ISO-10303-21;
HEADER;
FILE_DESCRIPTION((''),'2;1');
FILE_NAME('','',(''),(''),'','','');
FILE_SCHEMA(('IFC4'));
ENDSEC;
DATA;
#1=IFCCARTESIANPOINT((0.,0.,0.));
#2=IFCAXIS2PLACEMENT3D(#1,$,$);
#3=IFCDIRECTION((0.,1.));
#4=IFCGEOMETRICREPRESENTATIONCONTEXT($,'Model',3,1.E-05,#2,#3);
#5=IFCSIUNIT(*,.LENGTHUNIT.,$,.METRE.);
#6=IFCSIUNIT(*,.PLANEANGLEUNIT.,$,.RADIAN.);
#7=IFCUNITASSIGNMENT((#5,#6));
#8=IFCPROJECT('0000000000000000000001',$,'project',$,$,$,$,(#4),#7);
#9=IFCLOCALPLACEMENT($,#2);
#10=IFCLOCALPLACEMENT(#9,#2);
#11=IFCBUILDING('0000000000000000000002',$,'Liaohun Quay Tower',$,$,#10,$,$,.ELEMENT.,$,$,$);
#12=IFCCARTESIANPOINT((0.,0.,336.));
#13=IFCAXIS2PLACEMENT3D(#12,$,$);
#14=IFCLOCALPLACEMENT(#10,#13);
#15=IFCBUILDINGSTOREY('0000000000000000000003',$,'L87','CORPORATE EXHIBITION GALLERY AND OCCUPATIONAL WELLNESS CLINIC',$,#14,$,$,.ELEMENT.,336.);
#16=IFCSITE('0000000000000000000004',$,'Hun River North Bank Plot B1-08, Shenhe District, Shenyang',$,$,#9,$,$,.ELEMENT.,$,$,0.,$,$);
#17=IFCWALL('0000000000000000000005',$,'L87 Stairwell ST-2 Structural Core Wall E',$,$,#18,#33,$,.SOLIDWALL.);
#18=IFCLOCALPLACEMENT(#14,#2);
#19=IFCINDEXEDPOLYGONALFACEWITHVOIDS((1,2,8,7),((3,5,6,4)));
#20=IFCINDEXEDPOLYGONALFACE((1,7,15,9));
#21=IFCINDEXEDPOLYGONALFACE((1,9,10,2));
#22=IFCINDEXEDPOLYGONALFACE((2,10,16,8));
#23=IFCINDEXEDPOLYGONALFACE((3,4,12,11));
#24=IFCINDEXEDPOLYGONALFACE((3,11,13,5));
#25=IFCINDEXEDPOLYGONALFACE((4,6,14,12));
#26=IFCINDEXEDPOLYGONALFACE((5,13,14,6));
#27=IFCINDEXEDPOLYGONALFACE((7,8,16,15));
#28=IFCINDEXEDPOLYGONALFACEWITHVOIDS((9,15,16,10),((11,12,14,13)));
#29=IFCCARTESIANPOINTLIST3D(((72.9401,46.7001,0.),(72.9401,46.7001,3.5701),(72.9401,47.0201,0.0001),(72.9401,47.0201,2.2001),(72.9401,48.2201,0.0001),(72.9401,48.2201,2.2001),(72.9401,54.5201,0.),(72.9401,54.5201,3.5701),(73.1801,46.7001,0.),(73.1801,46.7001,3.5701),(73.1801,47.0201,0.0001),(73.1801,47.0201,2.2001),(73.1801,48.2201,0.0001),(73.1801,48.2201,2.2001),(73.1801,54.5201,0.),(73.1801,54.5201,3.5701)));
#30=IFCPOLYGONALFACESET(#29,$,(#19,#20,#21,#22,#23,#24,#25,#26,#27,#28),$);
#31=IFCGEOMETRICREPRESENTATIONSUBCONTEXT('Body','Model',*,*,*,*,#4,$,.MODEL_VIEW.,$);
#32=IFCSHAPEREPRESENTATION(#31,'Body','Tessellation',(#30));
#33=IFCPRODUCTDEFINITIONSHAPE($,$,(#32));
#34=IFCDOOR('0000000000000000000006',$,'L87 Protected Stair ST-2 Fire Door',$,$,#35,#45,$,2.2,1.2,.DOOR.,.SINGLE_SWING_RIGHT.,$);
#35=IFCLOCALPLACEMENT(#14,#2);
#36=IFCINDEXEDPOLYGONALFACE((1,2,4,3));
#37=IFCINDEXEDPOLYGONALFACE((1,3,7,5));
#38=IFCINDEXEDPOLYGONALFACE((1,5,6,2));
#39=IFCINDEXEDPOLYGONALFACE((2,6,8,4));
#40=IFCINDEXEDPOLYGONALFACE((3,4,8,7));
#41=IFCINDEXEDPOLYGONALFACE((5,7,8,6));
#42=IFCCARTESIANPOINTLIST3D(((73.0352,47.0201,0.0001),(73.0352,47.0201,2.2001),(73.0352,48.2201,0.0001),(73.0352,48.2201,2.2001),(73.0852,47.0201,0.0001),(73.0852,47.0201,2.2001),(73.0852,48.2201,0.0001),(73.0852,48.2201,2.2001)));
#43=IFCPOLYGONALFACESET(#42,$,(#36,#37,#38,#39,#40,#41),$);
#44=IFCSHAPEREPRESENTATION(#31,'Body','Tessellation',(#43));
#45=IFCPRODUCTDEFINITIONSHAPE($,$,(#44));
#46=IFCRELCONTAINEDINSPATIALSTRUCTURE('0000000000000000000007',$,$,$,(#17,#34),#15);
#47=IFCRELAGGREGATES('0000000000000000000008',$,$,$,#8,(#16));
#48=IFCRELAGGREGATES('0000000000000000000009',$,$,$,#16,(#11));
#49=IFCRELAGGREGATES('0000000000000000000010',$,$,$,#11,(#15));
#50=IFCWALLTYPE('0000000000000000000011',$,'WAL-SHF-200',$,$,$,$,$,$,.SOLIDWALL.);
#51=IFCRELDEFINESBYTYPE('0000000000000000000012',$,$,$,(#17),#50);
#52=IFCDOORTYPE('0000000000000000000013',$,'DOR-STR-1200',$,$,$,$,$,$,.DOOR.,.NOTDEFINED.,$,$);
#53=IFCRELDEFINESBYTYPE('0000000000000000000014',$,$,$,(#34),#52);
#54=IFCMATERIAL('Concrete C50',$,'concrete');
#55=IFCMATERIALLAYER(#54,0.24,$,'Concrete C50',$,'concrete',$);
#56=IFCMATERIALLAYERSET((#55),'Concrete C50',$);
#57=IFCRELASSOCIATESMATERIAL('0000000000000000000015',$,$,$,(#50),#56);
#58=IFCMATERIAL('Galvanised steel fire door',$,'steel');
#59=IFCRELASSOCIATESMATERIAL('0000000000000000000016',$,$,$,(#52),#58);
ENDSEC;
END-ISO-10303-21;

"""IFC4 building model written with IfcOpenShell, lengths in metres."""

from ifc_helpers import new_model, si_unit, direction, frame, frame_2d, origin, place, context, subcontext, project, spatial, rectangle, extrude, source, transform, mapped, material, layer, layer_set, type_object, element, fill, save


model = new_model("IFC4")

# Units and contexts
model_context = context("Model", 3, precision=1e-05, world=origin(), true_north=direction((0.0, 1.0)))
body_context = subcontext(model_context, "Body", "Model", "MODEL_VIEW")
ifc_project = project(units=[si_unit("LENGTHUNIT", "METRE"), si_unit("PLANEANGLEUNIT", "RADIAN")], contexts=[model_context])

# Site, building, storey
site_placement = place(None, origin())
site = spatial("IfcSite", under=ifc_project, at=site_placement, Name="Hun River North Bank Plot B1-08, Shenhe District, Shenyang", CompositionType="ELEMENT", RefElevation=0.0)
building_placement = place(site_placement, origin())
building = spatial("IfcBuilding", under=site, at=building_placement, Name="Liaohun Quay Tower", CompositionType="ELEMENT")
storey_placement = place(building_placement, frame((0.0, 0.0, 336.0)))
storey = spatial("IfcBuildingStorey", under=building, at=storey_placement, Name="L87", Description="CORPORATE EXHIBITION GALLERY AND OCCUPATIONAL WELLNESS CLINIC", CompositionType="ELEMENT", Elevation=336.0)

# Shared definitions
ifc_material_1 = material(Name="Concrete C50", Category="concrete")

# Shared definitions
ifc_layer_1 = layer(ifc_material_1, 0.24, Name="Concrete C50", Category="concrete")
ifc_layer_set_1 = layer_set([ifc_layer_1], Name="Concrete C50")
wall_type_1 = type_object("IfcWallType", Name="WAL-SHF-200", PredefinedType="SOLIDWALL", material=ifc_layer_set_1)

# Wall, opening, door
wall_1_placement = place(storey_placement, frame((73.0601, 46.7, 0.0), z_axis=(0.0, 0.0, 1.0), x_axis=(0.0, 1.0, 0.0)))
wall_1 = element("IfcWall", 1, at=wall_1_placement, inside=storey, type_object=wall_type_1, Name="L87 Stairwell ST-2 Structural Core Wall E", PredefinedType="SOLIDWALL", context=body_context, shape_type="SweptSolid", body=[
    extrude(rectangle(XDim=7.8201, YDim=0.24, at=frame_2d((3.9102, 0.0))), origin(), (0.0, 0.0, 1.0), 3.5701),
])
shared_shape_1 = source(origin(), body_context, "Body", "SweptSolid", [
    extrude(rectangle(XDim=1.2, YDim=2.2, at=frame_2d((0.6001, 1.1001))), frame((0.0, 0.1299, 0.0), z_axis=(0.0, -1.0, 0.0), x_axis=(1.0, 0.0, 0.0)), (0.0, 0.0, 1.0), 0.26),
])
opening_1_placement = place(wall_1_placement, frame((0.3201, 0.0, 0.0)))
opening_1 = element("IfcOpeningElement", 2, at=opening_1_placement, cuts=wall_1, PredefinedType="OPENING", context=body_context, shape_type="MappedRepresentation", body=[
    mapped(shared_shape_1, transform((0.0, 0.0, 0.0), x_axis=(1.0, 0.0, 0.0), y_axis=(0.0, 1.0, 0.0), z_axis=(0.0, 0.0, 1.0), scale=1.0)),
])
ifc_material_2 = material(Name="Galvanised steel fire door", Category="steel")
door_type_1 = type_object("IfcDoorType", Name="DOR-STR-1200", OperationType="NOTDEFINED", PredefinedType="DOOR", material=ifc_material_2)
shared_shape_2 = source(origin(), body_context, "Body", "SweptSolid", [
    extrude(rectangle(XDim=1.2, YDim=2.2, at=frame_2d((0.6001, 1.1001))), frame((0.0, 0.0249, 0.0), z_axis=(0.0, -1.0, 0.0), x_axis=(1.0, 0.0, 0.0)), (0.0, 0.0, 1.0), 0.05),
])
door_1_placement = place(opening_1_placement, origin())
door_1 = element("IfcDoor", 3, at=door_1_placement, inside=storey, type_object=door_type_1, Name="L87 Protected Stair ST-2 Fire Door", OperationType="SINGLE_SWING_RIGHT", OverallHeight=2.2, OverallWidth=1.2, PredefinedType="DOOR", context=body_context, shape_type="MappedRepresentation", body=[
    mapped(shared_shape_2, transform((0.0, 0.0, 0.0), x_axis=(1.0, 0.0, 0.0), y_axis=(0.0, 1.0, 0.0), z_axis=(0.0, 0.0, 1.0), scale=1.0)),
])
fill(opening_1, door_1)

save(model, "model.ifc")
